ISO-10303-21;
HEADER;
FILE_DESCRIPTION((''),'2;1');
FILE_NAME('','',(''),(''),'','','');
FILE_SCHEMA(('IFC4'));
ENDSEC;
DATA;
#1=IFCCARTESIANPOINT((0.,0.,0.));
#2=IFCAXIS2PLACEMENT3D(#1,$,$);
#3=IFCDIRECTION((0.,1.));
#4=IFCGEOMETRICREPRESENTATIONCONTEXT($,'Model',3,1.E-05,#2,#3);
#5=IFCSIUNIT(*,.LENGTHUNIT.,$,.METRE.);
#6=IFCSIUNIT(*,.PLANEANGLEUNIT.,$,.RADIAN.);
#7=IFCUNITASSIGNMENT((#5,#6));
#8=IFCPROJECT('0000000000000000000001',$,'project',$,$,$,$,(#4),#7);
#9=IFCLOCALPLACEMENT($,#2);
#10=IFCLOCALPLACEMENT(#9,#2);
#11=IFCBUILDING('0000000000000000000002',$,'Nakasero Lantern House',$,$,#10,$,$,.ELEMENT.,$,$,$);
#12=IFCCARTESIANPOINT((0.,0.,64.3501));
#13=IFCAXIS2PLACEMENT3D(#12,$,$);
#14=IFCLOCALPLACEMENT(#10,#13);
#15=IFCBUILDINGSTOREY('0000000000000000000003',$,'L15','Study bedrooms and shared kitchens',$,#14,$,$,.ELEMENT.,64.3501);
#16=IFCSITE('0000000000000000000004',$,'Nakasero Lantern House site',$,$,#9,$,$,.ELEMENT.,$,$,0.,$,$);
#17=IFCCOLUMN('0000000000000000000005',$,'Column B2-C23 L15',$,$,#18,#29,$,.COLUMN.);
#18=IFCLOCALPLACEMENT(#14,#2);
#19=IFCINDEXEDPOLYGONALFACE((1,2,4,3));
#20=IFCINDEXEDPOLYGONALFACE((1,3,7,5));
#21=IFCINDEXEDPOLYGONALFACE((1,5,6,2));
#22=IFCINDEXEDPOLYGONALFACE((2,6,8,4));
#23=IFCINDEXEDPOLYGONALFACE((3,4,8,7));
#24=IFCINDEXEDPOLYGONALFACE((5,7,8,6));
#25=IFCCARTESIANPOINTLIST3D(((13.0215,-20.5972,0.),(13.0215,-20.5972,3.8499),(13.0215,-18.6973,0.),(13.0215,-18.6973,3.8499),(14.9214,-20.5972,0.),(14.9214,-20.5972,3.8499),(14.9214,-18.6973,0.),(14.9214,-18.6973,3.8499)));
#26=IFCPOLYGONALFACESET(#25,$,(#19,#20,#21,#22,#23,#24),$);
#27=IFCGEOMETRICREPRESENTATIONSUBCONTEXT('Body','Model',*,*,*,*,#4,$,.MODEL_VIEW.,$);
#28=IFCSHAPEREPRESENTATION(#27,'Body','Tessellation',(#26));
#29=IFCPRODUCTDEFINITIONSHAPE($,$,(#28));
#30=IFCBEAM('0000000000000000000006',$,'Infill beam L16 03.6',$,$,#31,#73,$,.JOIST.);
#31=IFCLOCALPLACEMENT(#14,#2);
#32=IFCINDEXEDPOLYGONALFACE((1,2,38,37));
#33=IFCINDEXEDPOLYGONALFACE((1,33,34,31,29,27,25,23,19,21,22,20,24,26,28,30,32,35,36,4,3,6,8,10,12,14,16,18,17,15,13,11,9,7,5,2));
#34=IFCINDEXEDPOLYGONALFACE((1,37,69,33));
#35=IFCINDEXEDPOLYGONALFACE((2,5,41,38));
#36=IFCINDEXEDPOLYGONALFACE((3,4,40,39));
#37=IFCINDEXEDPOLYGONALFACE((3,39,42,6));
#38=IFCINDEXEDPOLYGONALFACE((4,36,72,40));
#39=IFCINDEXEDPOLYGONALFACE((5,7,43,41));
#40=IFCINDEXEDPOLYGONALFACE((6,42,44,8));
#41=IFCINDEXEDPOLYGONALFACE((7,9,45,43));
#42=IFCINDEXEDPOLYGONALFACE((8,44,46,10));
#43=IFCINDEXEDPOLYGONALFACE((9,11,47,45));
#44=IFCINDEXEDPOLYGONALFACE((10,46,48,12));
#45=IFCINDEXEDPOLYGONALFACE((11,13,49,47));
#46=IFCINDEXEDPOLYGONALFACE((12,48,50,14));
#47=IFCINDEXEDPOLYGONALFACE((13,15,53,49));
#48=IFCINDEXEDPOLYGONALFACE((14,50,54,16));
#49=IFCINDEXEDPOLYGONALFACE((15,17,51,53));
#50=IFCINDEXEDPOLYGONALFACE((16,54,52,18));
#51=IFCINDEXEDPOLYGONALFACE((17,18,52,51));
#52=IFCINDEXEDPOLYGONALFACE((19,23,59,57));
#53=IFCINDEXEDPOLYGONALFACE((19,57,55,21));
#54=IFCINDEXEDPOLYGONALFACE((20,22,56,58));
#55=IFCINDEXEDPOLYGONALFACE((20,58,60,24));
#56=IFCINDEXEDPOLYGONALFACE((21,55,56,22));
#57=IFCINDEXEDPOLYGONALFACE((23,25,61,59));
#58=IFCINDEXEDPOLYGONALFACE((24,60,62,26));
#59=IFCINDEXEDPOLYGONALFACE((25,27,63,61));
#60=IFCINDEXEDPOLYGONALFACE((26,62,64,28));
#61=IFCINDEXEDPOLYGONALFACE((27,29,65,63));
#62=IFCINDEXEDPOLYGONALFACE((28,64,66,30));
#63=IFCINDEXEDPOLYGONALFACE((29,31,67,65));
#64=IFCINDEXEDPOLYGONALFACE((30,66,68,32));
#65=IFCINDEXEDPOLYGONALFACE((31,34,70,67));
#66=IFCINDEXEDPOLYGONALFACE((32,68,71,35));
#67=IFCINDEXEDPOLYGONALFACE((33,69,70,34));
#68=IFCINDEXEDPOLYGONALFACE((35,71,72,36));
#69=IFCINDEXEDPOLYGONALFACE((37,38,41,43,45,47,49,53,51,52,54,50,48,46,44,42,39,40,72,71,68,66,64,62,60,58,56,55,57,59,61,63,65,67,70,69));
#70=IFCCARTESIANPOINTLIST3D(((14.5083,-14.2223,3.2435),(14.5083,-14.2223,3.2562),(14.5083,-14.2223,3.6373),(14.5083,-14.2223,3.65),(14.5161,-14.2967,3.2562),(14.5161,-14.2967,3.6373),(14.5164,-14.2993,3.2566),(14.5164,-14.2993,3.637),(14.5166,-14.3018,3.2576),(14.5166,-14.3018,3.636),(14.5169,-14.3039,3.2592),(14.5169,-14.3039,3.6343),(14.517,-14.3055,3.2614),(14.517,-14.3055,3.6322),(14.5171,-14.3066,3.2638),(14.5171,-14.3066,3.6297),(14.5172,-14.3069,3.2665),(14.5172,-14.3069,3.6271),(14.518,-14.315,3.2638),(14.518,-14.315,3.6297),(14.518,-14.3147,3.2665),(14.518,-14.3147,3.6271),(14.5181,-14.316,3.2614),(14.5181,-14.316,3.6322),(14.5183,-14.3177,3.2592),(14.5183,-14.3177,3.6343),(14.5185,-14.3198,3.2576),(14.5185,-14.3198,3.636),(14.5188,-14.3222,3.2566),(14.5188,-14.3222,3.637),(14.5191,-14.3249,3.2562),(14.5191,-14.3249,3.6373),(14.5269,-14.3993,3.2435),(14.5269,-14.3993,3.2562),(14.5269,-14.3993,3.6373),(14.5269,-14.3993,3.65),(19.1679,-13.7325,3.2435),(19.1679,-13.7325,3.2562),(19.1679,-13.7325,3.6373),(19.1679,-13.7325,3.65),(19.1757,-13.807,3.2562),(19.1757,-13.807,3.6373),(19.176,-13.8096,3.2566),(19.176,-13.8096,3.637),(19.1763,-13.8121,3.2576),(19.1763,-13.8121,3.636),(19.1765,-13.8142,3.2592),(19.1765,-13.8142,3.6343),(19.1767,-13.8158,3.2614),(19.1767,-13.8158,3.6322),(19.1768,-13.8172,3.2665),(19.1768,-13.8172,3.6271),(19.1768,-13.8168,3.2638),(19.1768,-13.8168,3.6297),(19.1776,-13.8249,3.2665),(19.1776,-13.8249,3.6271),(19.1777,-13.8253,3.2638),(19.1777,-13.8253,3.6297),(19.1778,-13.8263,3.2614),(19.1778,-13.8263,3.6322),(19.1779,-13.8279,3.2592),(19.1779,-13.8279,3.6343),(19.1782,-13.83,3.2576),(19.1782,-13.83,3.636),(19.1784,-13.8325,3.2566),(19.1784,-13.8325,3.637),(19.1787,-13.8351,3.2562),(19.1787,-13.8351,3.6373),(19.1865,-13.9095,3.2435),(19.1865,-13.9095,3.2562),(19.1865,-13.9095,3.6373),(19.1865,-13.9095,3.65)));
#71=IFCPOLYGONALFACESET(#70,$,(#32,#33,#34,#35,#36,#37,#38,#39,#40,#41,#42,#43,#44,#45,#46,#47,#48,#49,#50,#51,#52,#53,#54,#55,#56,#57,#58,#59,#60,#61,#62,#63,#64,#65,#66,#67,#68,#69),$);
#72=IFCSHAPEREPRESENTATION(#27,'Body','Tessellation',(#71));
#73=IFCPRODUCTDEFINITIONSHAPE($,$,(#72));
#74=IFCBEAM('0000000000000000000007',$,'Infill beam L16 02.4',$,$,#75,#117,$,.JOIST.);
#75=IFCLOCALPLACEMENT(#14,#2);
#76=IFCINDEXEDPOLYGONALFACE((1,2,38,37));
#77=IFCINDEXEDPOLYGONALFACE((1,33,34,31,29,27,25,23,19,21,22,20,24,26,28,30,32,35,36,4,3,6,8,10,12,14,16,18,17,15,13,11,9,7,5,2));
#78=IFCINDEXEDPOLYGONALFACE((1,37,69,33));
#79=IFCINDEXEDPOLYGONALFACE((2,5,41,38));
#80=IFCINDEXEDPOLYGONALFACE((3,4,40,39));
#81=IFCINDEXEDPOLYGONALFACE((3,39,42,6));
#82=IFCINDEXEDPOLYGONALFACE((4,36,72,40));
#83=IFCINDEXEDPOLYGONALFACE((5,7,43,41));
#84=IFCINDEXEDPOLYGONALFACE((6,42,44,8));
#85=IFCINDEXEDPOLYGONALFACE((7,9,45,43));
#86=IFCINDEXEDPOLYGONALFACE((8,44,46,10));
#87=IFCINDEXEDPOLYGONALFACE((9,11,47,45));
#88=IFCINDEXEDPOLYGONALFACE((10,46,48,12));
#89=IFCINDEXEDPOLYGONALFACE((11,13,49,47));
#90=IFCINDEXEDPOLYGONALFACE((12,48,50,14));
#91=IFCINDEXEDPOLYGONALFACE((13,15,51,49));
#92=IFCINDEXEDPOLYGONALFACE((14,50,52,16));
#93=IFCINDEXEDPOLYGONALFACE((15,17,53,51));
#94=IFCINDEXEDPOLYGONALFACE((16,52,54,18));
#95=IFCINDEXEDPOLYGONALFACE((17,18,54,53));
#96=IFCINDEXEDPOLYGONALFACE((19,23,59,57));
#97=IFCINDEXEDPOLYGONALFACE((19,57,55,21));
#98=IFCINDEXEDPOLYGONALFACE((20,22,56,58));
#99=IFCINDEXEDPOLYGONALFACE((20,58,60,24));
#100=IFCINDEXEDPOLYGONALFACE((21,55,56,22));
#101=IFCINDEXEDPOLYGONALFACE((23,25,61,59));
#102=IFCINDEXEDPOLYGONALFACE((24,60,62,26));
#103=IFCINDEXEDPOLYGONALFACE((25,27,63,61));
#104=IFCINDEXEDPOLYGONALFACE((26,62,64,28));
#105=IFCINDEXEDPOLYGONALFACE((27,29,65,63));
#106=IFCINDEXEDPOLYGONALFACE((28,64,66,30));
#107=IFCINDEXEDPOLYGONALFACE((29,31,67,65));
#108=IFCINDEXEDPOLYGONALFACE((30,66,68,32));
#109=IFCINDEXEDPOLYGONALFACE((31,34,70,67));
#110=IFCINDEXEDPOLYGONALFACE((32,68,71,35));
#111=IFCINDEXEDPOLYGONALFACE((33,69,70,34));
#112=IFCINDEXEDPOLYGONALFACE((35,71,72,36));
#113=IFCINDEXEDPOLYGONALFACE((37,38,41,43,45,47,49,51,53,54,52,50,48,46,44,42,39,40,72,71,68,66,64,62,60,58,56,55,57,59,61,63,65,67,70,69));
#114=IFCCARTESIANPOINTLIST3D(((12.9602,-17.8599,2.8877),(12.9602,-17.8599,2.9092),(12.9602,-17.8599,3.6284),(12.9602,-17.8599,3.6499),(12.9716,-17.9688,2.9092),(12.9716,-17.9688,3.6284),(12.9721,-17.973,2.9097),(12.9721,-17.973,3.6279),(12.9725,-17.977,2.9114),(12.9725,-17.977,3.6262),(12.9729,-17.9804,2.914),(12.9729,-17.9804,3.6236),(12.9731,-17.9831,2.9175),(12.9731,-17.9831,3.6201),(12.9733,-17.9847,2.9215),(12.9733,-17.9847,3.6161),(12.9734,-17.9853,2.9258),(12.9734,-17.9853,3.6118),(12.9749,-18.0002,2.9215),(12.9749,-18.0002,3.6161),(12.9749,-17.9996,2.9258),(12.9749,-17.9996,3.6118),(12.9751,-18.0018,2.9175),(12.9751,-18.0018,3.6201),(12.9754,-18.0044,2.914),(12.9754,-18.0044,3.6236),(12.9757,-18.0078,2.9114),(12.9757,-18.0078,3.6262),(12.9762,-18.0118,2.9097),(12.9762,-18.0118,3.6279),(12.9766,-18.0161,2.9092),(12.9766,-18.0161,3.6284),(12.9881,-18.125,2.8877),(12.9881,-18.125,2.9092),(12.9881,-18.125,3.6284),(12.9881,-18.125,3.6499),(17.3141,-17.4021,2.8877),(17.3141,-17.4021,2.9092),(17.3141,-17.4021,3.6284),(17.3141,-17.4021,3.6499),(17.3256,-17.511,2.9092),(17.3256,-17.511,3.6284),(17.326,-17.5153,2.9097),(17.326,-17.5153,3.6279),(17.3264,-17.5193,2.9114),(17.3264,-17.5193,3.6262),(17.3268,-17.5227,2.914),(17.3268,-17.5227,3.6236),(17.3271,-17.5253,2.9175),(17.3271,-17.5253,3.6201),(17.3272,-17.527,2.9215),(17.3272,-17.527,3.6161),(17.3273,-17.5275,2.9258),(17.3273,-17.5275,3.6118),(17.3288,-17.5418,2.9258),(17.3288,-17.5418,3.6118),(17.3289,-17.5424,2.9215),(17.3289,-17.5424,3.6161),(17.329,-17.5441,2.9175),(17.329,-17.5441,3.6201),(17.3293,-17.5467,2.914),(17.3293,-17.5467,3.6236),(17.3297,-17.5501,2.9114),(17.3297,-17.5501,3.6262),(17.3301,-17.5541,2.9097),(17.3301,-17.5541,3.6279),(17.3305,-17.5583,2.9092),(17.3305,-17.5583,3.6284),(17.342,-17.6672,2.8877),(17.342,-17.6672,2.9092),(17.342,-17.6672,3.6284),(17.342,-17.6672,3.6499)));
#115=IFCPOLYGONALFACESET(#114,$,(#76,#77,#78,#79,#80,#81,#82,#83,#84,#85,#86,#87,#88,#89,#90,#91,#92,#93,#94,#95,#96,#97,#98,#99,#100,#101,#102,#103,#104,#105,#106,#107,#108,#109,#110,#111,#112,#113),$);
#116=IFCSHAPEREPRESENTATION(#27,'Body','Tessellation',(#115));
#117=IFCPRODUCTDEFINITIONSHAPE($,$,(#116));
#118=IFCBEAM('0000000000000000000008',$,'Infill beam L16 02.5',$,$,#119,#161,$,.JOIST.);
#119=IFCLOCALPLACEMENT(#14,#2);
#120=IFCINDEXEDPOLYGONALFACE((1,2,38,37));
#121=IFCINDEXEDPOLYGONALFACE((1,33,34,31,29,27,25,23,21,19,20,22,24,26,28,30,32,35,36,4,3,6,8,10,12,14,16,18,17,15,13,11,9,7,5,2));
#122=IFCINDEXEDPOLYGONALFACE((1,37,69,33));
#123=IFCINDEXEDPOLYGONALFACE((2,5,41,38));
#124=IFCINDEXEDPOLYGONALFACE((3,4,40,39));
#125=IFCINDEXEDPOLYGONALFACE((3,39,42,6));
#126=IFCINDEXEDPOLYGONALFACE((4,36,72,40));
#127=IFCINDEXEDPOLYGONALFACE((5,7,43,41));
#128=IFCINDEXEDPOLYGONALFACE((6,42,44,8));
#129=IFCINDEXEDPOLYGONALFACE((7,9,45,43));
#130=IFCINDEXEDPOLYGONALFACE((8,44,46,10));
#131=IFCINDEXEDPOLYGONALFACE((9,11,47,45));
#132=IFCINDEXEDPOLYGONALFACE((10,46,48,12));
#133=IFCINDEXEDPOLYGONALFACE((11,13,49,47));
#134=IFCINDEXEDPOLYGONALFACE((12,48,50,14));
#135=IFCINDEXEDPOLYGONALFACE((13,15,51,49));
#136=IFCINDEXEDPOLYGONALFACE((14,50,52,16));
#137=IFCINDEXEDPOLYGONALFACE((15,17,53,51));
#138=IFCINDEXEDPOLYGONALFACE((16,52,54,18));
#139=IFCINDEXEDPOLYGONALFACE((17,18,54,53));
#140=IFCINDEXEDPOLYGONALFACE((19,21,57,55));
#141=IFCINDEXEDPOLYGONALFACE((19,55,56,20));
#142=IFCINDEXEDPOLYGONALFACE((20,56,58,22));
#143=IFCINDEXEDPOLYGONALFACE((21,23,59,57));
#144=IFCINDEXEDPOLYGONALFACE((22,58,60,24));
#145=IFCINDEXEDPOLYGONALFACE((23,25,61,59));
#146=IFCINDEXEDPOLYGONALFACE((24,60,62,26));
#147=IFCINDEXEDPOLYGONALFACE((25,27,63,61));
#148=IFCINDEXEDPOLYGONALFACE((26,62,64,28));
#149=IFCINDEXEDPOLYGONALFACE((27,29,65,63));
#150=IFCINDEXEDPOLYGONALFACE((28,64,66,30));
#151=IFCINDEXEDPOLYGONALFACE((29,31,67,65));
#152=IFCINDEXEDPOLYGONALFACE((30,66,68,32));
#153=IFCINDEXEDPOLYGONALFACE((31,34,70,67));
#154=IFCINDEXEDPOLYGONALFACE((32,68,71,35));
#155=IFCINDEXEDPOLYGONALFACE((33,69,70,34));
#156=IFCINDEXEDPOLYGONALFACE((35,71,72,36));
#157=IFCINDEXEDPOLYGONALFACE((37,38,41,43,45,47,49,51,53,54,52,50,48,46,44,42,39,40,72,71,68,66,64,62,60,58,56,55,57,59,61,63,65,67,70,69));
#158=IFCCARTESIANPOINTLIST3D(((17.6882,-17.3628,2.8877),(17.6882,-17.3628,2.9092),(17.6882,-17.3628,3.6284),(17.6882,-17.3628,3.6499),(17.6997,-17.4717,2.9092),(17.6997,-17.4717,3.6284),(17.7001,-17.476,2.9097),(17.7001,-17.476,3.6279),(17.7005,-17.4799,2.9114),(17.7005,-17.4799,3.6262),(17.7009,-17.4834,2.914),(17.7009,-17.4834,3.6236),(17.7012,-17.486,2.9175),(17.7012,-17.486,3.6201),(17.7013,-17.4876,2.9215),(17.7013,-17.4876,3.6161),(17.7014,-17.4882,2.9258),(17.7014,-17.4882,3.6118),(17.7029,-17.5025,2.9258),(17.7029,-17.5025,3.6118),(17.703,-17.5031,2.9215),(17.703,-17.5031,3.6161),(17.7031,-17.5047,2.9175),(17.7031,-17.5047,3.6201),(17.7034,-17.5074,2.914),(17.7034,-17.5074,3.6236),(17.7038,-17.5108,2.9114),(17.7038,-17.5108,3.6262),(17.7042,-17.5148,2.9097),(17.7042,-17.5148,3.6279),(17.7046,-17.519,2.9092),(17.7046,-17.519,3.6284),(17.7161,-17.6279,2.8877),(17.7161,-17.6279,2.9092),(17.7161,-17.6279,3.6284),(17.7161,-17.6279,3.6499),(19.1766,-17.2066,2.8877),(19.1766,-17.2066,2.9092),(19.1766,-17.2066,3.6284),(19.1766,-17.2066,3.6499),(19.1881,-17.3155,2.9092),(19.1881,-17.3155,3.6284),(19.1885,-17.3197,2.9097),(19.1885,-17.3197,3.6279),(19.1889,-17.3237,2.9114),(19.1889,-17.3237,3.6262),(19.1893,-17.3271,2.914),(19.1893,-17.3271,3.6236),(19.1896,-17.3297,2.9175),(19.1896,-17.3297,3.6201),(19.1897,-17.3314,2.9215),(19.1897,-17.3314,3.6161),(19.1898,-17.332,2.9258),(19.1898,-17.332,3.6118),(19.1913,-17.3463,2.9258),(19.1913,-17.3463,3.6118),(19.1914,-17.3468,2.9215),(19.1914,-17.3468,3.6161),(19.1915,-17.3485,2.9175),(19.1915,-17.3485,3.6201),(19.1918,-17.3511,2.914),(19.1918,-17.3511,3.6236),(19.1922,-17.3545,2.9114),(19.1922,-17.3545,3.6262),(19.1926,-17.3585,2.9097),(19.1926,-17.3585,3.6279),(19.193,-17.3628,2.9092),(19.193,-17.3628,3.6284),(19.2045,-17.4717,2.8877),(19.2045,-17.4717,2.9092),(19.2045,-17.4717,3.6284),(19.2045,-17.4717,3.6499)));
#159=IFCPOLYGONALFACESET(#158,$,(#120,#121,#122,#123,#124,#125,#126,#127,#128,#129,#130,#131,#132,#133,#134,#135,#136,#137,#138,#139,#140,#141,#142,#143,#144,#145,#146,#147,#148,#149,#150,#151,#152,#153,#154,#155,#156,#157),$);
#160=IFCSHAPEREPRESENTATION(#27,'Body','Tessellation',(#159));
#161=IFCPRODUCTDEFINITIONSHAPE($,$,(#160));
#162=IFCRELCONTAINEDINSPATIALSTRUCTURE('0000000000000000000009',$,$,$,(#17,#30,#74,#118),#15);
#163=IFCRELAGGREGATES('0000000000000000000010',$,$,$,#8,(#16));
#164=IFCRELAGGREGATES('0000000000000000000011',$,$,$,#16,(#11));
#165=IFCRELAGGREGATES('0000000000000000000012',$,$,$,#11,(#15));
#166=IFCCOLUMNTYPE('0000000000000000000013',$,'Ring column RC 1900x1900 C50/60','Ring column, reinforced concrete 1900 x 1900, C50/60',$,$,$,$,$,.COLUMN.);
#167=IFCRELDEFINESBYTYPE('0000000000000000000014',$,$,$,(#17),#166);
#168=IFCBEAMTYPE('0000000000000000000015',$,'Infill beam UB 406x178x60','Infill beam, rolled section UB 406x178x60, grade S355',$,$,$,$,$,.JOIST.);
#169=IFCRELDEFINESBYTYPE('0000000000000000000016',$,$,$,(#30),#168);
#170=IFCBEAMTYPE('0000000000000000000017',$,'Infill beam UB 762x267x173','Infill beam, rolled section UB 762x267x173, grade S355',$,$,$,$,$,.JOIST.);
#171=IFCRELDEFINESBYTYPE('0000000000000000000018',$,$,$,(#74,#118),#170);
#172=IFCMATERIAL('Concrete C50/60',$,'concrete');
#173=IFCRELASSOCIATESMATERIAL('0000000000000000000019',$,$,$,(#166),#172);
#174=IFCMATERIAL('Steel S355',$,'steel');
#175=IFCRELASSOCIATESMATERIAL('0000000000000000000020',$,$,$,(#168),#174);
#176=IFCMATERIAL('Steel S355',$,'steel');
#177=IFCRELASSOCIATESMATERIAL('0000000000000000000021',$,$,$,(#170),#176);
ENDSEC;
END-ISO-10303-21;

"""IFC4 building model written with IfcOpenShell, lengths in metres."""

from ifc_helpers import new_model, si_unit, direction, frame, origin, origin_2d, place, context, subcontext, project, spatial, rectangle, i_section, extrude, material, material_profile, profile_set, type_object, element, save


model = new_model("IFC4")

# Units and contexts
model_context = context("Model", 3, precision=1e-05, world=origin(), true_north=direction((0.0, 1.0)))
body_context = subcontext(model_context, "Body", "Model", "MODEL_VIEW")
ifc_project = project(units=[si_unit("LENGTHUNIT", "METRE"), si_unit("PLANEANGLEUNIT", "RADIAN")], contexts=[model_context])

# Site, building, storey
site_placement = place(None, origin())
site = spatial("IfcSite", under=ifc_project, at=site_placement, Name="Nakasero Lantern House site", CompositionType="ELEMENT", RefElevation=0.0)
building_placement = place(site_placement, origin())
building = spatial("IfcBuilding", under=site, at=building_placement, Name="Nakasero Lantern House", CompositionType="ELEMENT")
storey_placement = place(building_placement, frame((0.0, 0.0, 64.3501)))
storey = spatial("IfcBuildingStorey", under=building, at=storey_placement, Name="L15", Description="Study bedrooms and shared kitchens", CompositionType="ELEMENT", Elevation=64.3501)

# Column
ifc_material_1 = material(Name="Concrete C50/60", Category="concrete")
ifc_material_profile_1 = material_profile(ifc_material_1, rectangle(XDim=1.8999, YDim=1.8999, at=origin_2d()), Name="RC 1900x1900")
ifc_profile_set_1 = profile_set([ifc_material_profile_1], Name="Concrete C50/60")
column_type = type_object("IfcColumnType", Name="Ring column RC 1900x1900 C50/60", Description="Ring column, reinforced concrete 1900 x 1900, C50/60", PredefinedType="COLUMN", material=ifc_profile_set_1)
column_placement = place(storey_placement, frame((13.9714, -19.6472, 0.0), z_axis=(0.0, 0.0, 1.0), x_axis=(1.0, 0.0, 0.0)))
element("IfcColumn", 1, at=column_placement, inside=storey, type_object=column_type, Name="Column B2-C23 L15", PredefinedType="COLUMN", context=body_context, shape_type="SweptSolid", body=[
    extrude(rectangle(XDim=1.8999, YDim=1.8999, at=origin_2d()), origin(), (0.0, 0.0, 1.0), 3.8499),
])

# Beams
ifc_material_2 = material(Name="Steel S355", Category="steel")
ifc_material_profile_2 = material_profile(ifc_material_2, i_section(OverallWidth=0.178, OverallDepth=0.4065, WebThickness=0.0078, FlangeThickness=0.0127, FilletRadius=0.0103, at=origin_2d()), Name="UB 406x178x60")
ifc_profile_set_2 = profile_set([ifc_material_profile_2], Name="Steel S355")
beam_type_1 = type_object("IfcBeamType", Name="Infill beam UB 406x178x60", Description="Infill beam, rolled section UB 406x178x60, grade S355", PredefinedType="JOIST", material=ifc_profile_set_2)
beam_1_placement = place(storey_placement, frame((14.5176, -14.3108, 3.4468), z_axis=(0.994522, 0.104527, 0.0), x_axis=(-0.104527, 0.994522, 0.0)))
element("IfcBeam", 2, at=beam_1_placement, inside=storey, type_object=beam_type_1, Name="Infill beam L16 03.6", PredefinedType="JOIST", context=body_context, shape_type="SweptSolid", body=[
    extrude(i_section(OverallWidth=0.178, OverallDepth=0.4065, WebThickness=0.0078, FlangeThickness=0.0127, FilletRadius=0.0103, at=origin_2d()), origin(), (0.0, 0.0, 1.0), 4.6853),
])
ifc_material_3 = material(Name="Steel S355", Category="steel")
ifc_material_profile_3 = material_profile(ifc_material_3, i_section(OverallWidth=0.2666, OverallDepth=0.7622, WebThickness=0.0144, FlangeThickness=0.0215, FilletRadius=0.0166, at=origin_2d()), Name="UB 762x267x173")
ifc_profile_set_3 = profile_set([ifc_material_profile_3], Name="Steel S355")
beam_type_2 = type_object("IfcBeamType", Name="Infill beam UB 762x267x173", Description="Infill beam, rolled section UB 762x267x173, grade S355", PredefinedType="JOIST", material=ifc_profile_set_3)
beam_2_placement = place(storey_placement, frame((12.9741, -17.9924, 3.2688), z_axis=(0.994519, 0.10456, 0.0), x_axis=(-0.10456, 0.994519, 0.0)))
element("IfcBeam", 3, at=beam_2_placement, inside=storey, type_object=beam_type_2, Name="Infill beam L16 02.4", PredefinedType="JOIST", context=body_context, shape_type="SweptSolid", body=[
    extrude(i_section(OverallWidth=0.2666, OverallDepth=0.7622, WebThickness=0.0144, FlangeThickness=0.0215, FilletRadius=0.0166, at=origin_2d()), origin(), (0.0, 0.0, 1.0), 4.3779),
])
beam_3_placement = place(storey_placement, frame((17.7021, -17.4954, 3.2688), z_axis=(0.994536, 0.104396, 0.0), x_axis=(-0.104396, 0.994536, 0.0)))
element("IfcBeam", 4, at=beam_3_placement, inside=storey, type_object=beam_type_2, Name="Infill beam L16 02.5", PredefinedType="JOIST", context=body_context, shape_type="SweptSolid", body=[
    extrude(i_section(OverallWidth=0.2666, OverallDepth=0.7622, WebThickness=0.0144, FlangeThickness=0.0215, FilletRadius=0.0166, at=origin_2d()), origin(), (0.0, 0.0, 1.0), 1.4966),
])

save(model, "model.ifc")
